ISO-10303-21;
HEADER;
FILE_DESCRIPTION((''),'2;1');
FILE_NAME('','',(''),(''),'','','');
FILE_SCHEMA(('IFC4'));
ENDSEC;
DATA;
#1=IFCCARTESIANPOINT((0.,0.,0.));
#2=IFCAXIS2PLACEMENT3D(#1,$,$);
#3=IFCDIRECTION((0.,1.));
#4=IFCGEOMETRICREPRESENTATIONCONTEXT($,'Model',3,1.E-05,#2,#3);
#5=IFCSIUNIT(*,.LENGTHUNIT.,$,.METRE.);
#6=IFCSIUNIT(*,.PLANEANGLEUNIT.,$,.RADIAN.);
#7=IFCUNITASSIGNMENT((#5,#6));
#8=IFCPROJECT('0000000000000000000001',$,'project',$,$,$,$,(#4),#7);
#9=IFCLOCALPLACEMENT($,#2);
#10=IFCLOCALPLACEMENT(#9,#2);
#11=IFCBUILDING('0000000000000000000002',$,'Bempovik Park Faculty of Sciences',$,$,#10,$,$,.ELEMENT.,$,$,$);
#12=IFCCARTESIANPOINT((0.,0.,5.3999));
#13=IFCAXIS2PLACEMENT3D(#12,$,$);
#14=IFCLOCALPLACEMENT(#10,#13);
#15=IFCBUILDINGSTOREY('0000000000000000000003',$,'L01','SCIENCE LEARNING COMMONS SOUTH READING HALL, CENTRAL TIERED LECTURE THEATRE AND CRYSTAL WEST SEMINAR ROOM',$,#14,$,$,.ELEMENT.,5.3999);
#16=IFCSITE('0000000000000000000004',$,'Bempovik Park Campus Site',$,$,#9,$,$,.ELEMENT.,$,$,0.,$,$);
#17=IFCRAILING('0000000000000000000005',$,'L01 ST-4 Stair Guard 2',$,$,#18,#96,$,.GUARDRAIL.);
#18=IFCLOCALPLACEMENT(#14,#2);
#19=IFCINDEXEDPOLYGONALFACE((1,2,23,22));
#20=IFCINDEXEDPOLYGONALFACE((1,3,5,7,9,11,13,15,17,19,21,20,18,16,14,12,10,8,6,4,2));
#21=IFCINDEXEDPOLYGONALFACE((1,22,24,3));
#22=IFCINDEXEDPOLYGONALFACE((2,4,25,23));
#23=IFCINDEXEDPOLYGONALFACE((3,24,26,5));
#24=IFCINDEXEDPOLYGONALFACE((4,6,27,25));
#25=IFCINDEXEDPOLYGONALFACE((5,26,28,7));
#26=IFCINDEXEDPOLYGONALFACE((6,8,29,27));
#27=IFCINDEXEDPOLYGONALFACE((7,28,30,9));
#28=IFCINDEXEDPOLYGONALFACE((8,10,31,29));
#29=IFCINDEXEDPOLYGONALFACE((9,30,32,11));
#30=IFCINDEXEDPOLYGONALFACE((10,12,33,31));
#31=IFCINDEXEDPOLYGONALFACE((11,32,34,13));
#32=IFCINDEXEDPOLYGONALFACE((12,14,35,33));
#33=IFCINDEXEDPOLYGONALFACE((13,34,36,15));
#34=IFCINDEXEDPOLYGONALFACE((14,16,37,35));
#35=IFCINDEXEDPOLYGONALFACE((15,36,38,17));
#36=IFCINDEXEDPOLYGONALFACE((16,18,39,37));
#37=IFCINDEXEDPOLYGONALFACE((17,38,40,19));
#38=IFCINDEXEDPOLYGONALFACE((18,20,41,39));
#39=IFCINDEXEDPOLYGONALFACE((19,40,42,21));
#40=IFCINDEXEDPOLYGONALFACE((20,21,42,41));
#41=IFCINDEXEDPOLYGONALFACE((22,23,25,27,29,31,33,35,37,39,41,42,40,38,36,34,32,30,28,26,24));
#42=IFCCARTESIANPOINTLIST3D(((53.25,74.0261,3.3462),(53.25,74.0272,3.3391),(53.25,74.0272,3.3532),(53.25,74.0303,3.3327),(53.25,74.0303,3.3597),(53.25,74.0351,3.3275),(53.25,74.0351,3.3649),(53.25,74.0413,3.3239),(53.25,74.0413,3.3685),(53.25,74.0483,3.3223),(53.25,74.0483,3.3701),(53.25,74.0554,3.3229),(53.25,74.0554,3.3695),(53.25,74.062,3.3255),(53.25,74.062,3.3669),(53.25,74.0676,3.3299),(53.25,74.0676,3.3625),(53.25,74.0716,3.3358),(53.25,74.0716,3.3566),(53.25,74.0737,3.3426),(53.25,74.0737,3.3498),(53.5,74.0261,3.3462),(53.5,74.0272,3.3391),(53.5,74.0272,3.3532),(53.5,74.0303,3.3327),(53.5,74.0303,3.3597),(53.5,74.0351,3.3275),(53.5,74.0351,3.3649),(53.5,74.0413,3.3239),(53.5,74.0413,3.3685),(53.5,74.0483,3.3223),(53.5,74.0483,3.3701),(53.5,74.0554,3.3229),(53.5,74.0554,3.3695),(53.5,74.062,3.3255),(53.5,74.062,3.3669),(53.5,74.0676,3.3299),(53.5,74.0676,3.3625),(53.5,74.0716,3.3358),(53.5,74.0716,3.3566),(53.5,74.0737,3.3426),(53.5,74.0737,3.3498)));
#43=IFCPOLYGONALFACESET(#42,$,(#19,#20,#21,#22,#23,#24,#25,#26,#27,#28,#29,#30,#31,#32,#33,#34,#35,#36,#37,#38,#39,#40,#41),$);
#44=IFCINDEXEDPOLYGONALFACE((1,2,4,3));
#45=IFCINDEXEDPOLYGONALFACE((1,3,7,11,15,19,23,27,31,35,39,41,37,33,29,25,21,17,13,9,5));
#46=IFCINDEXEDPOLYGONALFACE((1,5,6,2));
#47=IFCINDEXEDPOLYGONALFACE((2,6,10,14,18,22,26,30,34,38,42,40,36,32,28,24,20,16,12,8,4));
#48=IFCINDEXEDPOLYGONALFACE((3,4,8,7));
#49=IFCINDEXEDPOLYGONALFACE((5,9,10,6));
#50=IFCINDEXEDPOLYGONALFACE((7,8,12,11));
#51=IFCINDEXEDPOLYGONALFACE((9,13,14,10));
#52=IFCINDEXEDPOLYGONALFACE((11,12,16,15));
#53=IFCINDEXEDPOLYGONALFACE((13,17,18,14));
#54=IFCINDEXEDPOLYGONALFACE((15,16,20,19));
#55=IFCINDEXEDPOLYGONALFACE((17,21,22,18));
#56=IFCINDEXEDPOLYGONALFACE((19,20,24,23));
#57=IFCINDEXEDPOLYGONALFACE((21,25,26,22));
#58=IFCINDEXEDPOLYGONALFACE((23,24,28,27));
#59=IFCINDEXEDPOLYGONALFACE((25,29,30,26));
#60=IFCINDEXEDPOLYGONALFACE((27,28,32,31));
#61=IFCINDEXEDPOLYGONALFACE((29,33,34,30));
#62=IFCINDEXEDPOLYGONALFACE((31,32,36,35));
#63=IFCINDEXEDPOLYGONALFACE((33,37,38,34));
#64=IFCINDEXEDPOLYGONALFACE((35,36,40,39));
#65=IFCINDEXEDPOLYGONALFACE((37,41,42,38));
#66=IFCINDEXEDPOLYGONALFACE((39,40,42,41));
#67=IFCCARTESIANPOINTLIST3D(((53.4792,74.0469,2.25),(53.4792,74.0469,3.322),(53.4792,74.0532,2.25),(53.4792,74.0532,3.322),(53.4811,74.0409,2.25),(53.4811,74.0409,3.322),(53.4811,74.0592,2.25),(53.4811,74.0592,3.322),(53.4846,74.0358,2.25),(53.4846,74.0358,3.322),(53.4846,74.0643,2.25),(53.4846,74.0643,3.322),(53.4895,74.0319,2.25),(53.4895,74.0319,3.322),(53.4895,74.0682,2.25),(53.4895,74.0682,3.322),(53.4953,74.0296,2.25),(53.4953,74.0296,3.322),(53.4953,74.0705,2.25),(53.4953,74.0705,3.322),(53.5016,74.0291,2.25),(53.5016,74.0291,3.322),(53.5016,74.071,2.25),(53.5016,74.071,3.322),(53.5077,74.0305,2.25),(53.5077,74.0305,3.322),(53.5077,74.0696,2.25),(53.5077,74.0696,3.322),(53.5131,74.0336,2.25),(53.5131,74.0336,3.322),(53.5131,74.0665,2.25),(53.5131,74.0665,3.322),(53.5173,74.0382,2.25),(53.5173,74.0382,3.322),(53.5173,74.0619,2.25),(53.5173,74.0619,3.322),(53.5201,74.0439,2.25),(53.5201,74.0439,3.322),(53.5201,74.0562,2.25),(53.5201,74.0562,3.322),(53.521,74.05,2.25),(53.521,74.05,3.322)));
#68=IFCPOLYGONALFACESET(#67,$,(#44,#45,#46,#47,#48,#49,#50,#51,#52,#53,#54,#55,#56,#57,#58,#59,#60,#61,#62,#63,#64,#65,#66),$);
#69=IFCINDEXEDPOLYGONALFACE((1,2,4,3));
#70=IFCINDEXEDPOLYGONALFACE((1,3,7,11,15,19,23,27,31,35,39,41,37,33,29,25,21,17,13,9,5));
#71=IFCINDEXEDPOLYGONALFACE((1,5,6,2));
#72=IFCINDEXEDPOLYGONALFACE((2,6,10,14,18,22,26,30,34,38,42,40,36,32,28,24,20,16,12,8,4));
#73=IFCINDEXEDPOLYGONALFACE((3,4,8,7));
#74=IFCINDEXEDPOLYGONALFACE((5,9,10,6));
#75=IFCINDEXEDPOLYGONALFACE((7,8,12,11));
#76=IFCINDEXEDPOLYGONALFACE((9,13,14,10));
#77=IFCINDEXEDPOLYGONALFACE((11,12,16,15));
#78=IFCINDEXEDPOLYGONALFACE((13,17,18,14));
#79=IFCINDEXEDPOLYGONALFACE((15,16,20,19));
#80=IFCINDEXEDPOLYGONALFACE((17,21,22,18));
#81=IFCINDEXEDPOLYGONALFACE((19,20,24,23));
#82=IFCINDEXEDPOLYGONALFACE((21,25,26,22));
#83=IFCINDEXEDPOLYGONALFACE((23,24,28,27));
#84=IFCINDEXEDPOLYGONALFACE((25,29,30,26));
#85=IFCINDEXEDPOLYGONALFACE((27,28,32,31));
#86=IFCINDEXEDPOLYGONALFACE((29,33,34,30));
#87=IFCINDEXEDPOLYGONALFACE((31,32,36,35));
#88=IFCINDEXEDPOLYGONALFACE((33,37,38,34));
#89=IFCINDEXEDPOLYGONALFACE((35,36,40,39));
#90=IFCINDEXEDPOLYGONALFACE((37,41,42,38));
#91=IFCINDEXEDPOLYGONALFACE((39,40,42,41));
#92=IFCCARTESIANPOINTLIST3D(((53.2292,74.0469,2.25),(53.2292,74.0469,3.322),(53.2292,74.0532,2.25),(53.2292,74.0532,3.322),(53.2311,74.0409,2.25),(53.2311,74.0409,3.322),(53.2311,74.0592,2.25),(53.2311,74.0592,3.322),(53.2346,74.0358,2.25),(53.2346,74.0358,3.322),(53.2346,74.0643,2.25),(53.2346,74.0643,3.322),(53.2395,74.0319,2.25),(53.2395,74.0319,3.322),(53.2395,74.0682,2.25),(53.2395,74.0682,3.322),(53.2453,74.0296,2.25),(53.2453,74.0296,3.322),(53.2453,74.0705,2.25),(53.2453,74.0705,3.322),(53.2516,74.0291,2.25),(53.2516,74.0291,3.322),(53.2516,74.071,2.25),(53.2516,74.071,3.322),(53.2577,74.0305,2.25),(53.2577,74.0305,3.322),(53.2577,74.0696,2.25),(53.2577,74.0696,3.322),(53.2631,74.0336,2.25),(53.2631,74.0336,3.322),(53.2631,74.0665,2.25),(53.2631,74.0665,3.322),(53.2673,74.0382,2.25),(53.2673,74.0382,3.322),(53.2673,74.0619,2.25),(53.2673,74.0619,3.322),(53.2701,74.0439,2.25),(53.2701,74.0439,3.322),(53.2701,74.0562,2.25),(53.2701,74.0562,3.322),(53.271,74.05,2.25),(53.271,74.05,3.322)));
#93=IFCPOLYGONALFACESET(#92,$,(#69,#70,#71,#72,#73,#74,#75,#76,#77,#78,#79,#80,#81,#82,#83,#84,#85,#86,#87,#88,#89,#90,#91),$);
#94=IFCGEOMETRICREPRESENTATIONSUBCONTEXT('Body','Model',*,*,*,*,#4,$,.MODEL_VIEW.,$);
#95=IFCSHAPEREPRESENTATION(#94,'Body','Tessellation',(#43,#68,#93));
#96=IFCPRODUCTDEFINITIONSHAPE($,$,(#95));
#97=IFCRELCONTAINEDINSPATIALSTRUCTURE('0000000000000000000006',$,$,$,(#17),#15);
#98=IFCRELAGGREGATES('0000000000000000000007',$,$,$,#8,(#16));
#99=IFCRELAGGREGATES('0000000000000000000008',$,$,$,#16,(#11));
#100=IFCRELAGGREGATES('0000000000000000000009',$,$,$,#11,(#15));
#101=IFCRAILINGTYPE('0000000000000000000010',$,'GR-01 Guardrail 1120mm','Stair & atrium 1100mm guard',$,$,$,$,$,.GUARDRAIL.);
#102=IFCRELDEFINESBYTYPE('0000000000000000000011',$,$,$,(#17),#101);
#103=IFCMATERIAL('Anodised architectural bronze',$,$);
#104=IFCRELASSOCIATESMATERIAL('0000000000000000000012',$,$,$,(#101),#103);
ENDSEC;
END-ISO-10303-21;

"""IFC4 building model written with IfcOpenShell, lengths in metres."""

from ifc_helpers import new_model, si_unit, direction, frame, origin, origin_2d, place, context, subcontext, project, spatial, circle, extrude, material, type_object, element, save


model = new_model("IFC4")

# Units and contexts
model_context = context("Model", 3, precision=1e-05, world=origin(), true_north=direction((0.0, 1.0)))
body_context = subcontext(model_context, "Body", "Model", "MODEL_VIEW")
ifc_project = project(units=[si_unit("LENGTHUNIT", "METRE"), si_unit("PLANEANGLEUNIT", "RADIAN")], contexts=[model_context])

# Site, building, storey
site_placement = place(None, origin())
site = spatial("IfcSite", under=ifc_project, at=site_placement, Name="Bempovik Park Campus Site", CompositionType="ELEMENT", RefElevation=0.0)
building_placement = place(site_placement, origin())
building = spatial("IfcBuilding", under=site, at=building_placement, Name="Bempovik Park Faculty of Sciences", CompositionType="ELEMENT")
storey_placement = place(building_placement, frame((0.0, 0.0, 5.3999)))
storey = spatial("IfcBuildingStorey", under=building, at=storey_placement, Name="L01", Description="SCIENCE LEARNING COMMONS SOUTH READING HALL, CENTRAL TIERED LECTURE THEATRE AND CRYSTAL WEST SEMINAR ROOM", CompositionType="ELEMENT", Elevation=5.3999)

# Shared definitions
ifc_material_1 = material(Name="Anodised architectural bronze")

# Railing
railing_type_1 = type_object("IfcRailingType", Name="GR-01 Guardrail 1120mm", Description="Stair & atrium 1100mm guard", PredefinedType="GUARDRAIL", material=ifc_material_1)
railing_1_placement = place(storey_placement, frame((53.5, 74.05, 2.25)))
element("IfcRailing", 1, at=railing_1_placement, inside=storey, type_object=railing_type_1, Name="L01 ST-4 Stair Guard 2", PredefinedType="GUARDRAIL", context=body_context, shape_type="SweptSolid", body=[
    extrude(circle(Radius=0.0239, at=origin_2d()), frame((0.0, 0.0, 1.0962), z_axis=(-1.0, 0.0, 0.0), x_axis=(0.0, -1.0, 0.0)), (0.0, 0.0, 1.0), 0.25),
    extrude(circle(Radius=0.021, at=origin_2d()), origin(), (0.0, 0.0, 1.0), 1.072),
    extrude(circle(Radius=0.021, at=origin_2d()), frame((-0.25, 0.0, 0.0)), (0.0, 0.0, 1.0), 1.072),
])

save(model, "model.ifc")
